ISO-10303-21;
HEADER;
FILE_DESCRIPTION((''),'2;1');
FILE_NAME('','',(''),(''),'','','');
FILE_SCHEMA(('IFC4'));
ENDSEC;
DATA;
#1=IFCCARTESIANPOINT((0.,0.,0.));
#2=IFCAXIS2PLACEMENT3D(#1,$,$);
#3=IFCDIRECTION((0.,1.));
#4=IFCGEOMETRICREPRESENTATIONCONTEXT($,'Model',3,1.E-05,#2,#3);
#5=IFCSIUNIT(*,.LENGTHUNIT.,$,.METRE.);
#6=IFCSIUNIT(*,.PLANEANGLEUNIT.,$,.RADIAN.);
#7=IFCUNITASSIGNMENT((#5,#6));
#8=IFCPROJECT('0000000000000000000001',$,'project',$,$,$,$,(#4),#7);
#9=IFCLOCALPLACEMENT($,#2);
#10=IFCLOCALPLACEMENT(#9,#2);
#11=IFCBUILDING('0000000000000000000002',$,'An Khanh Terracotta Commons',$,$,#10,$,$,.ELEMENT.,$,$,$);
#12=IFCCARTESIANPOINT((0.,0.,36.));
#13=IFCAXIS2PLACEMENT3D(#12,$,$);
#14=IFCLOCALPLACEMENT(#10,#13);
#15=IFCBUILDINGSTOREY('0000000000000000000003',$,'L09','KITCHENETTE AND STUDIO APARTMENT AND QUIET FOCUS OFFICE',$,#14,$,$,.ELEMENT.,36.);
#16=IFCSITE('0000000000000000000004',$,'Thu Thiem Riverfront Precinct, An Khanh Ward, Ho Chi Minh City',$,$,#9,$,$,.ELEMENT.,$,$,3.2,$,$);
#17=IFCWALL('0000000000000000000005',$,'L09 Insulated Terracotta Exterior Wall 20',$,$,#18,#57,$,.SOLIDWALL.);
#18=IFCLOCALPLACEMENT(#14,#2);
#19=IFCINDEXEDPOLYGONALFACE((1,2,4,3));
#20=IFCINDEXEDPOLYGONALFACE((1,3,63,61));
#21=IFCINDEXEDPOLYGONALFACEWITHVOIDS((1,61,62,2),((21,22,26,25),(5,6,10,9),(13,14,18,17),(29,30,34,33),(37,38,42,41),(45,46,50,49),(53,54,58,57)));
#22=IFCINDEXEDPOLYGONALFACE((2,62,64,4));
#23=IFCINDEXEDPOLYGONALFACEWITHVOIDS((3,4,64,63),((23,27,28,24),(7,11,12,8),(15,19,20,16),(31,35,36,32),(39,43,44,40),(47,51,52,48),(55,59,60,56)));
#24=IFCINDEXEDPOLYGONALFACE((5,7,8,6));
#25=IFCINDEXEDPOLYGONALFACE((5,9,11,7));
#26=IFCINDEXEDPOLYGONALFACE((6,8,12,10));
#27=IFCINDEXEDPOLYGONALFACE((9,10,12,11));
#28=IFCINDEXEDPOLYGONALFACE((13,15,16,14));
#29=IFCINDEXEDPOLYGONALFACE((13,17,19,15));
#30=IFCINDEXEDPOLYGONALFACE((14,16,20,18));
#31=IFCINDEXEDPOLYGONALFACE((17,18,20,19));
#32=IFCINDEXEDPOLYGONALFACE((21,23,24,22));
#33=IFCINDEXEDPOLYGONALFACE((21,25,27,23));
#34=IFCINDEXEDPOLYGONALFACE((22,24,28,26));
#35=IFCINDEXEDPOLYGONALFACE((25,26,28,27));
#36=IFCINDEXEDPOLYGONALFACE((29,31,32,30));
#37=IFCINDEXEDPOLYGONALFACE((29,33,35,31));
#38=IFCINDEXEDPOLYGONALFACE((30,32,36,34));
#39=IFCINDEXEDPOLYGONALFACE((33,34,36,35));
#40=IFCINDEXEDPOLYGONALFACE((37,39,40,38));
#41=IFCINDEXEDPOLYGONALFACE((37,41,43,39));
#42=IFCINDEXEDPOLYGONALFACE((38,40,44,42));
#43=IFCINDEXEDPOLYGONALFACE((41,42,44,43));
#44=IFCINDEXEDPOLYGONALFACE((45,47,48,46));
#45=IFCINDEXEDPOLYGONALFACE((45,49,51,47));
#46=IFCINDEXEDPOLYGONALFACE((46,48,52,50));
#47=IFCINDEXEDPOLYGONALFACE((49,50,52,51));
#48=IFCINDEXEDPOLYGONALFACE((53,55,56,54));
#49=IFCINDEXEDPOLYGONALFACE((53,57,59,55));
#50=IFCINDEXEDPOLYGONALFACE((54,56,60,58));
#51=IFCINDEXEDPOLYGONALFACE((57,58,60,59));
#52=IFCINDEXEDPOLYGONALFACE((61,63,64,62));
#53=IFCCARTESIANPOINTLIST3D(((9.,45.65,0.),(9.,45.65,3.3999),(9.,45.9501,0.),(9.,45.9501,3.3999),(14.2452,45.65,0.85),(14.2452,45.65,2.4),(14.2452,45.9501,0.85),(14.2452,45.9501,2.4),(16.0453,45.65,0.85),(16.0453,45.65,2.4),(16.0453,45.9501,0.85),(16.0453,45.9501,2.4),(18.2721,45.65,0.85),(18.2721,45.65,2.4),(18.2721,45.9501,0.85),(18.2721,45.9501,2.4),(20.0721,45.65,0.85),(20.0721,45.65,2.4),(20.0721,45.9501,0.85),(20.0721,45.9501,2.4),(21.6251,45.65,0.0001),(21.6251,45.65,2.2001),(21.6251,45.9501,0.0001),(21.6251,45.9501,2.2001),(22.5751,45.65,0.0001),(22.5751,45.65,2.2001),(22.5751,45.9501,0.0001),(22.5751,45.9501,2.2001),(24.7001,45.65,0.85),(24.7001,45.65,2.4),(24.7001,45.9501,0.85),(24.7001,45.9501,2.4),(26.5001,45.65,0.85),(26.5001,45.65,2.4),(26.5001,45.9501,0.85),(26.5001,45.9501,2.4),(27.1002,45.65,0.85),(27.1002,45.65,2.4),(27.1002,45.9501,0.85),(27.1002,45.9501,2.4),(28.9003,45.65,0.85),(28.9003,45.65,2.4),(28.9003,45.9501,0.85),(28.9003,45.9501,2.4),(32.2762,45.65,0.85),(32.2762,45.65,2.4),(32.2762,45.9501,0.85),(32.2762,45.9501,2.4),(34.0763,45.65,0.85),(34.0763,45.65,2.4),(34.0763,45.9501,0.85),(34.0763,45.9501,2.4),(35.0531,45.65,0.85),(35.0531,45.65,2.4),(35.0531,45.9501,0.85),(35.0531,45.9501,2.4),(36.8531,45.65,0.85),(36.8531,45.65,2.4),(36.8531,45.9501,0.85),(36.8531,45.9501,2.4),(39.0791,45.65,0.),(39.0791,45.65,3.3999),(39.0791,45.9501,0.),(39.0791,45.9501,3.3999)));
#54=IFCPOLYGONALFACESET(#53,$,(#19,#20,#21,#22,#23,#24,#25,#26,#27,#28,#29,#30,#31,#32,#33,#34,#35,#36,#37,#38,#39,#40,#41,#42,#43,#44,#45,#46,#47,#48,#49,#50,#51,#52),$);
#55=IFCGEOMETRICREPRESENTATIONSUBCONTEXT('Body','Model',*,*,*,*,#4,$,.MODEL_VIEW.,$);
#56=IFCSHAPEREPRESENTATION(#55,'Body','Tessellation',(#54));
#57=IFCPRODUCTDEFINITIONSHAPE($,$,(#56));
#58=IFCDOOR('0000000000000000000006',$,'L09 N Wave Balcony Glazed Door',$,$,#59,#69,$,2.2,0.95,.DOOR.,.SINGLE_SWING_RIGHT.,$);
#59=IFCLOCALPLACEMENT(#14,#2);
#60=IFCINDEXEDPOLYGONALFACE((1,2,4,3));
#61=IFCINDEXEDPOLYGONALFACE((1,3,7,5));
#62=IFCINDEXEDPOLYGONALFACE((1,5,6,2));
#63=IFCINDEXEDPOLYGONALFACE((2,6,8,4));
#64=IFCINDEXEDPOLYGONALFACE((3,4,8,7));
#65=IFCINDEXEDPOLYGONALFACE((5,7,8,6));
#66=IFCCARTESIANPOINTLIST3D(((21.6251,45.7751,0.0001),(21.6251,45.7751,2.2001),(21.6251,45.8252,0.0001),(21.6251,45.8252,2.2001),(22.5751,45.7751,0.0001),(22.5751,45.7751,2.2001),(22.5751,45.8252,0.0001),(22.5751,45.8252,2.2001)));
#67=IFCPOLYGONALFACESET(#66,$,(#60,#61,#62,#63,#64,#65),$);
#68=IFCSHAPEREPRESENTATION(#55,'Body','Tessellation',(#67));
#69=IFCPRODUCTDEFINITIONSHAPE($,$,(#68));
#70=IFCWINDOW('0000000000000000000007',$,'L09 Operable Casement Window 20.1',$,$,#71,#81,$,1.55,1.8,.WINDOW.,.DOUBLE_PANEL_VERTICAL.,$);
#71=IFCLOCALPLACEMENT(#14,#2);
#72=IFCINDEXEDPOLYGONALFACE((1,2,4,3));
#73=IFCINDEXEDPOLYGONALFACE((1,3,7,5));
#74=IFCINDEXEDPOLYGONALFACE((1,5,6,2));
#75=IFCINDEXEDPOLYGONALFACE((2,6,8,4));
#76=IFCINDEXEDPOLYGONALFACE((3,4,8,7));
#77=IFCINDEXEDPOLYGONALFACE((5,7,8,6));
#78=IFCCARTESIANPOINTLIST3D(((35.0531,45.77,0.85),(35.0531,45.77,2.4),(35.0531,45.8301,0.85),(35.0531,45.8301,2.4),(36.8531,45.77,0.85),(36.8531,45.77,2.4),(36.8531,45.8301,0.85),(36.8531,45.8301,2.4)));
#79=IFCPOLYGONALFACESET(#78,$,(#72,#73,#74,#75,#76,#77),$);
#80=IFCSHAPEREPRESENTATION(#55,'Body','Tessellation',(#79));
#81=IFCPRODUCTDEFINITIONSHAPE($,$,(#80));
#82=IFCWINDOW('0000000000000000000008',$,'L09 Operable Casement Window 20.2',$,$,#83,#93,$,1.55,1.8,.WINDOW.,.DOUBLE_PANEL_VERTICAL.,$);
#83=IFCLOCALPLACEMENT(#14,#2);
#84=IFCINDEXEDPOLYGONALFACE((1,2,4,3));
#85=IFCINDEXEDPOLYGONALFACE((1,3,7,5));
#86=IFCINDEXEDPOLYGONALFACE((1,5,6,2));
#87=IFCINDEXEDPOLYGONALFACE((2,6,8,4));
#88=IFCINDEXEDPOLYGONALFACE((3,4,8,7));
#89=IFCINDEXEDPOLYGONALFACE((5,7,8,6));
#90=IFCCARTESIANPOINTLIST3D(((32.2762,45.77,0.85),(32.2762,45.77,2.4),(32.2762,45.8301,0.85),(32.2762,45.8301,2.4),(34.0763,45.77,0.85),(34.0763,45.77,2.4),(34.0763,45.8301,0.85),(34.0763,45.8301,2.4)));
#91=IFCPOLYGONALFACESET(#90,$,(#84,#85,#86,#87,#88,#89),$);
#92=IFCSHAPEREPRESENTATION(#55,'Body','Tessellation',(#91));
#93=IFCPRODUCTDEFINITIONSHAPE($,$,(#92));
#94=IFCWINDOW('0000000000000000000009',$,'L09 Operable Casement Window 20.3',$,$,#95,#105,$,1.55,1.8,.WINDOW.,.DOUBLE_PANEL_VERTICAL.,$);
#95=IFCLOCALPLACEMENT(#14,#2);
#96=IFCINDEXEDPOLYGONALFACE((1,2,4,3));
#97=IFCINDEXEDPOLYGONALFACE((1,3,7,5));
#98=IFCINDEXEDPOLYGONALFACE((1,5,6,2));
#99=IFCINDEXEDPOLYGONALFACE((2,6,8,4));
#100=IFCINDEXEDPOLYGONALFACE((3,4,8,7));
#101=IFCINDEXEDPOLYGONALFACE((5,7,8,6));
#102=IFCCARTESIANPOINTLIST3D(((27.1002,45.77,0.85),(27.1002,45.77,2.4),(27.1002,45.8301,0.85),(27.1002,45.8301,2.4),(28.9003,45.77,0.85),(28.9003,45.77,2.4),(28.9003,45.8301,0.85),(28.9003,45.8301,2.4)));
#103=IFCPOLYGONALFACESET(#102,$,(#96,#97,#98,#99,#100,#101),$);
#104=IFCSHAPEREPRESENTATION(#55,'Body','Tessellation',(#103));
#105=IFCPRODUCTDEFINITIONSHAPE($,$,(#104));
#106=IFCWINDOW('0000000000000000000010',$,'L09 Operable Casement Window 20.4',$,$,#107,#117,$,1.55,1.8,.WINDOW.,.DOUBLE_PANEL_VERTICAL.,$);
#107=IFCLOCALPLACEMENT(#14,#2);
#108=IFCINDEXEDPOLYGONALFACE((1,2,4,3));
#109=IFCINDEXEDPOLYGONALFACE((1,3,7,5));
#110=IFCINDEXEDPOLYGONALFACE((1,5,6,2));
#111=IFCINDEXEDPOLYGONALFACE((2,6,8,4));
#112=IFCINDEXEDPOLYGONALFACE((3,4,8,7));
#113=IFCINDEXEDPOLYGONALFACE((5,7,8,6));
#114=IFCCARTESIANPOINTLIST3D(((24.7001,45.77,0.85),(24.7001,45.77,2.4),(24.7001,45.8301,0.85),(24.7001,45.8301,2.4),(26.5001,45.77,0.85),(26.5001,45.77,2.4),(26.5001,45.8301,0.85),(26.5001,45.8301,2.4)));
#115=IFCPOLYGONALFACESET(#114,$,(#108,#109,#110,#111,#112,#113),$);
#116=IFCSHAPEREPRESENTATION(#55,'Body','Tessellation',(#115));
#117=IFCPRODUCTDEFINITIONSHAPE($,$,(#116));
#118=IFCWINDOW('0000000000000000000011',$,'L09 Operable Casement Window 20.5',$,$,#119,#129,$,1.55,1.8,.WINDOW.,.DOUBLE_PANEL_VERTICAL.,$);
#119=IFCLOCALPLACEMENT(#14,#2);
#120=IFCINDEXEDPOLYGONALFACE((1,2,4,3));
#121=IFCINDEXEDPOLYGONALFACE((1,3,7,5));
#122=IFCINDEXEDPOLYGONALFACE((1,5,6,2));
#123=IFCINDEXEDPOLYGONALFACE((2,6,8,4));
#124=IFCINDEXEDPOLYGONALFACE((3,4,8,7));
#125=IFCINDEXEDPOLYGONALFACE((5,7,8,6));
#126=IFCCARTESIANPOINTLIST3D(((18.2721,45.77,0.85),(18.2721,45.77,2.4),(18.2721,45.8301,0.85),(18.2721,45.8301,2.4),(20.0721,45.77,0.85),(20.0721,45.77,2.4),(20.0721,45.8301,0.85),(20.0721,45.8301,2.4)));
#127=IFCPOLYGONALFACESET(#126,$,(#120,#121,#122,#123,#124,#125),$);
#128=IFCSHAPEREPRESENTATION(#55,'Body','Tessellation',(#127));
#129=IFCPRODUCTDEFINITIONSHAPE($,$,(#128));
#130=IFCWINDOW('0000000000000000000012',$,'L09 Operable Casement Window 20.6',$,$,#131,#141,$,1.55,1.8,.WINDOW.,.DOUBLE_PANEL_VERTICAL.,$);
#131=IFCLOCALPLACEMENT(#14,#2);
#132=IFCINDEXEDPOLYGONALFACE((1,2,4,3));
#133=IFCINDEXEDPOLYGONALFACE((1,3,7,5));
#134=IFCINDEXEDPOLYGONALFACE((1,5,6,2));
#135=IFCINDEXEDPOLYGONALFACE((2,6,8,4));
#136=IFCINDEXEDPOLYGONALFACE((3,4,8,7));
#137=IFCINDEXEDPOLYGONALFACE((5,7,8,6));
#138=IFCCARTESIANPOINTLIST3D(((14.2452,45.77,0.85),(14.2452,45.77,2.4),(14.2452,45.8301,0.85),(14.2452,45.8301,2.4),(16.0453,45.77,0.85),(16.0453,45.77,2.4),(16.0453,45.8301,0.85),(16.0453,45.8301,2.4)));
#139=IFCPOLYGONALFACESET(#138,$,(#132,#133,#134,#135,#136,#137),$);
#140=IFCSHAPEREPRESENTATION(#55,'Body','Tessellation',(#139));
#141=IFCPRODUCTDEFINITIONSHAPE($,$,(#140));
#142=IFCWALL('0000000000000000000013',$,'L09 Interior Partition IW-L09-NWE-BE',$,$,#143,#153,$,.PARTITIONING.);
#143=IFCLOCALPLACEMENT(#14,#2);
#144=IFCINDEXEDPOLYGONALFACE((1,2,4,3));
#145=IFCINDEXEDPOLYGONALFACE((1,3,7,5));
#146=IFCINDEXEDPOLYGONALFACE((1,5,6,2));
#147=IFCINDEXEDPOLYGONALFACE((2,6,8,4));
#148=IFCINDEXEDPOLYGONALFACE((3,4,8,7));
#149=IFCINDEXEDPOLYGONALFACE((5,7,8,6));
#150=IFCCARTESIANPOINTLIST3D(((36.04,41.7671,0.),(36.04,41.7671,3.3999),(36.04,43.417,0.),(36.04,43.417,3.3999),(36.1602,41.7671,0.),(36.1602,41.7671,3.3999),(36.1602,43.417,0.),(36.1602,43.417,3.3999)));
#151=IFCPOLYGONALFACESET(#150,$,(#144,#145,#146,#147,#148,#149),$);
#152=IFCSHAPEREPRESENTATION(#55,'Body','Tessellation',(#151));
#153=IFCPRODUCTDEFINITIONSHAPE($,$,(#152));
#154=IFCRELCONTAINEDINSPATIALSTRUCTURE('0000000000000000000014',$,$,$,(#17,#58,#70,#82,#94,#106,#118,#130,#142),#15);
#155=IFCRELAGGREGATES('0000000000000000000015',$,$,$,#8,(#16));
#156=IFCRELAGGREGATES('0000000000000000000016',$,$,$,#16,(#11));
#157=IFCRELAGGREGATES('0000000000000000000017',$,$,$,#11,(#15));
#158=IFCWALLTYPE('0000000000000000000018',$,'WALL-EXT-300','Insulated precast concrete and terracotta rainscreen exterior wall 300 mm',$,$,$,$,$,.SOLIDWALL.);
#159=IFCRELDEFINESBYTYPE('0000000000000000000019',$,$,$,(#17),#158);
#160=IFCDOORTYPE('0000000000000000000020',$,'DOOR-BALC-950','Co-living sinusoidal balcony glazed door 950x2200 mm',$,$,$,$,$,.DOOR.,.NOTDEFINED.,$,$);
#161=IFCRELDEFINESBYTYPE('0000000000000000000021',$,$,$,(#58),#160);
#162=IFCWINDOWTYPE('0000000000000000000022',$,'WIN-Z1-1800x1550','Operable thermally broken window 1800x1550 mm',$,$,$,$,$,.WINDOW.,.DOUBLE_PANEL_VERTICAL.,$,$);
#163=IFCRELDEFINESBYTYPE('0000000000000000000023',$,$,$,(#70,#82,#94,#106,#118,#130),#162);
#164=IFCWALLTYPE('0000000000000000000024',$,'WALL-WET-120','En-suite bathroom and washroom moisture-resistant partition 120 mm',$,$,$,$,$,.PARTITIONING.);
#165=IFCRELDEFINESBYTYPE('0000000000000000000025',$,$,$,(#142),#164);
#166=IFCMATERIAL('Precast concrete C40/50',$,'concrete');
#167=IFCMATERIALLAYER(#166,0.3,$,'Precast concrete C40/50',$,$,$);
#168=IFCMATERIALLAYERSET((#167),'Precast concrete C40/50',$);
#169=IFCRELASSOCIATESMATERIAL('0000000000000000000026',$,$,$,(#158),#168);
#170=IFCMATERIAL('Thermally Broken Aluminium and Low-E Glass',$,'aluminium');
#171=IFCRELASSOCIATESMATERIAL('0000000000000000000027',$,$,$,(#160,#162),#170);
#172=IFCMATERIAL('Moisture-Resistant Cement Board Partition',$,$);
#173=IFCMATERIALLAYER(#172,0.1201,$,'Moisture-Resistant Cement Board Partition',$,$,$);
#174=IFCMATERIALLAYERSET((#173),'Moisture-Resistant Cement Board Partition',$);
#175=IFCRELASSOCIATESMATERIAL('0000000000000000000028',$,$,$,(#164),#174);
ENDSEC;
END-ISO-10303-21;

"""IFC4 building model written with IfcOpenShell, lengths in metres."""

from ifc_helpers import new_model, si_unit, direction, frame, frame_2d, origin, place, context, subcontext, project, spatial, rectangle, extrude, material, layer, layer_set, type_object, element, fill, save


model = new_model("IFC4")

# Units and contexts
model_context = context("Model", 3, precision=1e-05, world=origin(), true_north=direction((0.0, 1.0)))
body_context = subcontext(model_context, "Body", "Model", "MODEL_VIEW")
ifc_project = project(units=[si_unit("LENGTHUNIT", "METRE"), si_unit("PLANEANGLEUNIT", "RADIAN")], contexts=[model_context])

# Site, building, storey
site_placement = place(None, origin())
site = spatial("IfcSite", under=ifc_project, at=site_placement, Name="Thu Thiem Riverfront Precinct, An Khanh Ward, Ho Chi Minh City", CompositionType="ELEMENT", RefElevation=3.2)
building_placement = place(site_placement, origin())
building = spatial("IfcBuilding", under=site, at=building_placement, Name="An Khanh Terracotta Commons", CompositionType="ELEMENT")
storey_placement = place(building_placement, frame((0.0, 0.0, 36.0)))
storey = spatial("IfcBuildingStorey", under=building, at=storey_placement, Name="L09", Description="KITCHENETTE AND STUDIO APARTMENT AND QUIET FOCUS OFFICE", CompositionType="ELEMENT", Elevation=36.0)

# Shared definitions
ifc_material_1 = material(Name="Precast concrete C40/50", Category="concrete")
ifc_layer_1 = layer(ifc_material_1, 0.3, Name="Precast concrete C40/50")
ifc_layer_set_1 = layer_set([ifc_layer_1], Name="Precast concrete C40/50")
wall_type_1 = type_object("IfcWallType", Name="WALL-EXT-300", Description="Insulated precast concrete and terracotta rainscreen exterior wall 300 mm", PredefinedType="SOLIDWALL", material=ifc_layer_set_1)

# Wall, openings, door, windows
wall_1_placement = place(storey_placement, frame((39.0791, 45.8, 0.0), z_axis=(0.0, 0.0, 1.0), x_axis=(-1.0, 0.0, 0.0)))
wall_1 = element("IfcWall", 1, at=wall_1_placement, inside=storey, type_object=wall_type_1, Name="L09 Insulated Terracotta Exterior Wall 20", PredefinedType="SOLIDWALL", context=body_context, shape_type="SweptSolid", body=[
    extrude(rectangle(XDim=30.0791, YDim=0.3, at=frame_2d((15.0396, 0.0))), origin(), (0.0, 0.0, 1.0), 3.3999),
])
opening_1_placement = place(wall_1_placement, frame((16.5039, 0.0, 0.0)))
opening_1 = element("IfcOpeningElement", 2, at=opening_1_placement, cuts=wall_1, PredefinedType="OPENING", context=body_context, shape_type="SweptSolid", body=[
    extrude(rectangle(XDim=0.95, YDim=2.2, at=frame_2d((0.4751, 1.1001))), frame((0.0, 0.1599, 0.0), z_axis=(0.0, -1.0, 0.0), x_axis=(1.0, 0.0, 0.0)), (0.0, 0.0, 1.0), 0.3201),
])
opening_2_placement = place(wall_1_placement, frame((2.2261, 0.0, 0.8501)))
opening_2 = element("IfcOpeningElement", 3, at=opening_2_placement, cuts=wall_1, PredefinedType="OPENING", context=body_context, shape_type="SweptSolid", body=[
    extrude(rectangle(XDim=1.8, YDim=1.55, at=frame_2d((0.8999, 0.7749))), frame((0.0, 0.1599, 0.0), z_axis=(0.0, -1.0, 0.0), x_axis=(1.0, 0.0, 0.0)), (0.0, 0.0, 1.0), 0.3201),
])
opening_3_placement = place(wall_1_placement, frame((5.0029, 0.0, 0.8501)))
opening_3 = element("IfcOpeningElement", 4, at=opening_3_placement, cuts=wall_1, PredefinedType="OPENING", context=body_context, shape_type="SweptSolid", body=[
    extrude(rectangle(XDim=1.8, YDim=1.55, at=frame_2d((0.8999, 0.7749))), frame((0.0, 0.1599, 0.0), z_axis=(0.0, -1.0, 0.0), x_axis=(1.0, 0.0, 0.0)), (0.0, 0.0, 1.0), 0.3201),
])
opening_4_placement = place(wall_1_placement, frame((10.179, 0.0, 0.8501)))
opening_4 = element("IfcOpeningElement", 5, at=opening_4_placement, cuts=wall_1, PredefinedType="OPENING", context=body_context, shape_type="SweptSolid", body=[
    extrude(rectangle(XDim=1.8, YDim=1.55, at=frame_2d((0.8999, 0.7749))), frame((0.0, 0.1599, 0.0), z_axis=(0.0, -1.0, 0.0), x_axis=(1.0, 0.0, 0.0)), (0.0, 0.0, 1.0), 0.3201),
])
opening_5_placement = place(wall_1_placement, frame((12.5791, 0.0, 0.8501)))
opening_5 = element("IfcOpeningElement", 6, at=opening_5_placement, cuts=wall_1, PredefinedType="OPENING", context=body_context, shape_type="SweptSolid", body=[
    extrude(rectangle(XDim=1.8, YDim=1.55, at=frame_2d((0.8999, 0.7749))), frame((0.0, 0.1599, 0.0), z_axis=(0.0, -1.0, 0.0), x_axis=(1.0, 0.0, 0.0)), (0.0, 0.0, 1.0), 0.3201),
])
opening_6_placement = place(wall_1_placement, frame((19.0071, 0.0, 0.8501)))
opening_6 = element("IfcOpeningElement", 7, at=opening_6_placement, cuts=wall_1, PredefinedType="OPENING", context=body_context, shape_type="SweptSolid", body=[
    extrude(rectangle(XDim=1.8, YDim=1.55, at=frame_2d((0.8999, 0.7749))), frame((0.0, 0.1599, 0.0), z_axis=(0.0, -1.0, 0.0), x_axis=(1.0, 0.0, 0.0)), (0.0, 0.0, 1.0), 0.3201),
])
opening_7_placement = place(wall_1_placement, frame((23.0339, 0.0, 0.8501)))
opening_7 = element("IfcOpeningElement", 8, at=opening_7_placement, cuts=wall_1, PredefinedType="OPENING", context=body_context, shape_type="SweptSolid", body=[
    extrude(rectangle(XDim=1.8, YDim=1.55, at=frame_2d((0.8999, 0.7749))), frame((0.0, 0.1599, 0.0), z_axis=(0.0, -1.0, 0.0), x_axis=(1.0, 0.0, 0.0)), (0.0, 0.0, 1.0), 0.3201),
])
ifc_material_2 = material(Name="Thermally Broken Aluminium and Low-E Glass", Category="aluminium")
door_type = type_object("IfcDoorType", Name="DOOR-BALC-950", Description="Co-living sinusoidal balcony glazed door 950x2200 mm", OperationType="NOTDEFINED", PredefinedType="DOOR", material=ifc_material_2)
door_placement = place(opening_1_placement, origin())
door = element("IfcDoor", 9, at=door_placement, inside=storey, type_object=door_type, Name="L09 N Wave Balcony Glazed Door", OperationType="SINGLE_SWING_RIGHT", OverallHeight=2.2, OverallWidth=0.95, PredefinedType="DOOR", context=body_context, shape_type="SweptSolid", body=[
    extrude(rectangle(XDim=0.95, YDim=2.2, at=frame_2d((0.4751, 1.1001))), frame((0.0, 0.0249, 0.0), z_axis=(0.0, -1.0, 0.0), x_axis=(1.0, 0.0, 0.0)), (0.0, 0.0, 1.0), 0.05),
])
fill(opening_1, door)
window_type = type_object("IfcWindowType", Name="WIN-Z1-1800x1550", Description="Operable thermally broken window 1800x1550 mm", PartitioningType="DOUBLE_PANEL_VERTICAL", PredefinedType="WINDOW", material=ifc_material_2)
window_1_placement = place(opening_2_placement, origin())
window_1 = element("IfcWindow", 10, at=window_1_placement, inside=storey, type_object=window_type, Name="L09 Operable Casement Window 20.1", OverallHeight=1.55, OverallWidth=1.8, PartitioningType="DOUBLE_PANEL_VERTICAL", PredefinedType="WINDOW", context=body_context, shape_type="SweptSolid", body=[
    extrude(rectangle(XDim=1.8, YDim=1.55, at=frame_2d((0.8999, 0.7749))), frame((0.0, 0.03, 0.0), z_axis=(0.0, -1.0, 0.0), x_axis=(1.0, 0.0, 0.0)), (0.0, 0.0, 1.0), 0.0601),
])
fill(opening_2, window_1)
window_2_placement = place(opening_3_placement, origin())
window_2 = element("IfcWindow", 11, at=window_2_placement, inside=storey, type_object=window_type, Name="L09 Operable Casement Window 20.2", OverallHeight=1.55, OverallWidth=1.8, PartitioningType="DOUBLE_PANEL_VERTICAL", PredefinedType="WINDOW", context=body_context, shape_type="SweptSolid", body=[
    extrude(rectangle(XDim=1.8, YDim=1.55, at=frame_2d((0.8999, 0.7749))), frame((0.0, 0.03, 0.0), z_axis=(0.0, -1.0, 0.0), x_axis=(1.0, 0.0, 0.0)), (0.0, 0.0, 1.0), 0.0601),
])
fill(opening_3, window_2)
window_3_placement = place(opening_4_placement, origin())
window_3 = element("IfcWindow", 12, at=window_3_placement, inside=storey, type_object=window_type, Name="L09 Operable Casement Window 20.3", OverallHeight=1.55, OverallWidth=1.8, PartitioningType="DOUBLE_PANEL_VERTICAL", PredefinedType="WINDOW", context=body_context, shape_type="SweptSolid", body=[
    extrude(rectangle(XDim=1.8, YDim=1.55, at=frame_2d((0.8999, 0.7749))), frame((0.0, 0.03, 0.0), z_axis=(0.0, -1.0, 0.0), x_axis=(1.0, 0.0, 0.0)), (0.0, 0.0, 1.0), 0.0601),
])
fill(opening_4, window_3)
window_4_placement = place(opening_5_placement, origin())
window_4 = element("IfcWindow", 13, at=window_4_placement, inside=storey, type_object=window_type, Name="L09 Operable Casement Window 20.4", OverallHeight=1.55, OverallWidth=1.8, PartitioningType="DOUBLE_PANEL_VERTICAL", PredefinedType="WINDOW", context=body_context, shape_type="SweptSolid", body=[
    extrude(rectangle(XDim=1.8, YDim=1.55, at=frame_2d((0.8999, 0.7749))), frame((0.0, 0.03, 0.0), z_axis=(0.0, -1.0, 0.0), x_axis=(1.0, 0.0, 0.0)), (0.0, 0.0, 1.0), 0.0601),
])
fill(opening_5, window_4)
window_5_placement = place(opening_6_placement, origin())
window_5 = element("IfcWindow", 14, at=window_5_placement, inside=storey, type_object=window_type, Name="L09 Operable Casement Window 20.5", OverallHeight=1.55, OverallWidth=1.8, PartitioningType="DOUBLE_PANEL_VERTICAL", PredefinedType="WINDOW", context=body_context, shape_type="SweptSolid", body=[
    extrude(rectangle(XDim=1.8, YDim=1.55, at=frame_2d((0.8999, 0.7749))), frame((0.0, 0.03, 0.0), z_axis=(0.0, -1.0, 0.0), x_axis=(1.0, 0.0, 0.0)), (0.0, 0.0, 1.0), 0.0601),
])
fill(opening_6, window_5)
window_6_placement = place(opening_7_placement, origin())
window_6 = element("IfcWindow", 15, at=window_6_placement, inside=storey, type_object=window_type, Name="L09 Operable Casement Window 20.6", OverallHeight=1.55, OverallWidth=1.8, PartitioningType="DOUBLE_PANEL_VERTICAL", PredefinedType="WINDOW", context=body_context, shape_type="SweptSolid", body=[
    extrude(rectangle(XDim=1.8, YDim=1.55, at=frame_2d((0.8999, 0.7749))), frame((0.0, 0.03, 0.0), z_axis=(0.0, -1.0, 0.0), x_axis=(1.0, 0.0, 0.0)), (0.0, 0.0, 1.0), 0.0601),
])
fill(opening_7, window_6)

# Wall
ifc_material_3 = material(Name="Moisture-Resistant Cement Board Partition")
ifc_layer_2 = layer(ifc_material_3, 0.1201, Name="Moisture-Resistant Cement Board Partition")
ifc_layer_set_2 = layer_set([ifc_layer_2], Name="Moisture-Resistant Cement Board Partition")
wall_type_2 = type_object("IfcWallType", Name="WALL-WET-120", Description="En-suite bathroom and washroom moisture-resistant partition 120 mm", PredefinedType="PARTITIONING", material=ifc_layer_set_2)
wall_2_placement = place(storey_placement, frame((36.1001, 41.7671, 0.0), z_axis=(0.0, 0.0, 1.0), x_axis=(0.0, 1.0, 0.0)))
element("IfcWall", 16, at=wall_2_placement, inside=storey, type_object=wall_type_2, Name="L09 Interior Partition IW-L09-NWE-BE", PredefinedType="PARTITIONING", context=body_context, shape_type="SweptSolid", body=[
    extrude(rectangle(XDim=1.6499, YDim=0.1201, at=frame_2d((0.825, 0.0))), origin(), (0.0, 0.0, 1.0), 3.3999),
])

save(model, "model.ifc")
